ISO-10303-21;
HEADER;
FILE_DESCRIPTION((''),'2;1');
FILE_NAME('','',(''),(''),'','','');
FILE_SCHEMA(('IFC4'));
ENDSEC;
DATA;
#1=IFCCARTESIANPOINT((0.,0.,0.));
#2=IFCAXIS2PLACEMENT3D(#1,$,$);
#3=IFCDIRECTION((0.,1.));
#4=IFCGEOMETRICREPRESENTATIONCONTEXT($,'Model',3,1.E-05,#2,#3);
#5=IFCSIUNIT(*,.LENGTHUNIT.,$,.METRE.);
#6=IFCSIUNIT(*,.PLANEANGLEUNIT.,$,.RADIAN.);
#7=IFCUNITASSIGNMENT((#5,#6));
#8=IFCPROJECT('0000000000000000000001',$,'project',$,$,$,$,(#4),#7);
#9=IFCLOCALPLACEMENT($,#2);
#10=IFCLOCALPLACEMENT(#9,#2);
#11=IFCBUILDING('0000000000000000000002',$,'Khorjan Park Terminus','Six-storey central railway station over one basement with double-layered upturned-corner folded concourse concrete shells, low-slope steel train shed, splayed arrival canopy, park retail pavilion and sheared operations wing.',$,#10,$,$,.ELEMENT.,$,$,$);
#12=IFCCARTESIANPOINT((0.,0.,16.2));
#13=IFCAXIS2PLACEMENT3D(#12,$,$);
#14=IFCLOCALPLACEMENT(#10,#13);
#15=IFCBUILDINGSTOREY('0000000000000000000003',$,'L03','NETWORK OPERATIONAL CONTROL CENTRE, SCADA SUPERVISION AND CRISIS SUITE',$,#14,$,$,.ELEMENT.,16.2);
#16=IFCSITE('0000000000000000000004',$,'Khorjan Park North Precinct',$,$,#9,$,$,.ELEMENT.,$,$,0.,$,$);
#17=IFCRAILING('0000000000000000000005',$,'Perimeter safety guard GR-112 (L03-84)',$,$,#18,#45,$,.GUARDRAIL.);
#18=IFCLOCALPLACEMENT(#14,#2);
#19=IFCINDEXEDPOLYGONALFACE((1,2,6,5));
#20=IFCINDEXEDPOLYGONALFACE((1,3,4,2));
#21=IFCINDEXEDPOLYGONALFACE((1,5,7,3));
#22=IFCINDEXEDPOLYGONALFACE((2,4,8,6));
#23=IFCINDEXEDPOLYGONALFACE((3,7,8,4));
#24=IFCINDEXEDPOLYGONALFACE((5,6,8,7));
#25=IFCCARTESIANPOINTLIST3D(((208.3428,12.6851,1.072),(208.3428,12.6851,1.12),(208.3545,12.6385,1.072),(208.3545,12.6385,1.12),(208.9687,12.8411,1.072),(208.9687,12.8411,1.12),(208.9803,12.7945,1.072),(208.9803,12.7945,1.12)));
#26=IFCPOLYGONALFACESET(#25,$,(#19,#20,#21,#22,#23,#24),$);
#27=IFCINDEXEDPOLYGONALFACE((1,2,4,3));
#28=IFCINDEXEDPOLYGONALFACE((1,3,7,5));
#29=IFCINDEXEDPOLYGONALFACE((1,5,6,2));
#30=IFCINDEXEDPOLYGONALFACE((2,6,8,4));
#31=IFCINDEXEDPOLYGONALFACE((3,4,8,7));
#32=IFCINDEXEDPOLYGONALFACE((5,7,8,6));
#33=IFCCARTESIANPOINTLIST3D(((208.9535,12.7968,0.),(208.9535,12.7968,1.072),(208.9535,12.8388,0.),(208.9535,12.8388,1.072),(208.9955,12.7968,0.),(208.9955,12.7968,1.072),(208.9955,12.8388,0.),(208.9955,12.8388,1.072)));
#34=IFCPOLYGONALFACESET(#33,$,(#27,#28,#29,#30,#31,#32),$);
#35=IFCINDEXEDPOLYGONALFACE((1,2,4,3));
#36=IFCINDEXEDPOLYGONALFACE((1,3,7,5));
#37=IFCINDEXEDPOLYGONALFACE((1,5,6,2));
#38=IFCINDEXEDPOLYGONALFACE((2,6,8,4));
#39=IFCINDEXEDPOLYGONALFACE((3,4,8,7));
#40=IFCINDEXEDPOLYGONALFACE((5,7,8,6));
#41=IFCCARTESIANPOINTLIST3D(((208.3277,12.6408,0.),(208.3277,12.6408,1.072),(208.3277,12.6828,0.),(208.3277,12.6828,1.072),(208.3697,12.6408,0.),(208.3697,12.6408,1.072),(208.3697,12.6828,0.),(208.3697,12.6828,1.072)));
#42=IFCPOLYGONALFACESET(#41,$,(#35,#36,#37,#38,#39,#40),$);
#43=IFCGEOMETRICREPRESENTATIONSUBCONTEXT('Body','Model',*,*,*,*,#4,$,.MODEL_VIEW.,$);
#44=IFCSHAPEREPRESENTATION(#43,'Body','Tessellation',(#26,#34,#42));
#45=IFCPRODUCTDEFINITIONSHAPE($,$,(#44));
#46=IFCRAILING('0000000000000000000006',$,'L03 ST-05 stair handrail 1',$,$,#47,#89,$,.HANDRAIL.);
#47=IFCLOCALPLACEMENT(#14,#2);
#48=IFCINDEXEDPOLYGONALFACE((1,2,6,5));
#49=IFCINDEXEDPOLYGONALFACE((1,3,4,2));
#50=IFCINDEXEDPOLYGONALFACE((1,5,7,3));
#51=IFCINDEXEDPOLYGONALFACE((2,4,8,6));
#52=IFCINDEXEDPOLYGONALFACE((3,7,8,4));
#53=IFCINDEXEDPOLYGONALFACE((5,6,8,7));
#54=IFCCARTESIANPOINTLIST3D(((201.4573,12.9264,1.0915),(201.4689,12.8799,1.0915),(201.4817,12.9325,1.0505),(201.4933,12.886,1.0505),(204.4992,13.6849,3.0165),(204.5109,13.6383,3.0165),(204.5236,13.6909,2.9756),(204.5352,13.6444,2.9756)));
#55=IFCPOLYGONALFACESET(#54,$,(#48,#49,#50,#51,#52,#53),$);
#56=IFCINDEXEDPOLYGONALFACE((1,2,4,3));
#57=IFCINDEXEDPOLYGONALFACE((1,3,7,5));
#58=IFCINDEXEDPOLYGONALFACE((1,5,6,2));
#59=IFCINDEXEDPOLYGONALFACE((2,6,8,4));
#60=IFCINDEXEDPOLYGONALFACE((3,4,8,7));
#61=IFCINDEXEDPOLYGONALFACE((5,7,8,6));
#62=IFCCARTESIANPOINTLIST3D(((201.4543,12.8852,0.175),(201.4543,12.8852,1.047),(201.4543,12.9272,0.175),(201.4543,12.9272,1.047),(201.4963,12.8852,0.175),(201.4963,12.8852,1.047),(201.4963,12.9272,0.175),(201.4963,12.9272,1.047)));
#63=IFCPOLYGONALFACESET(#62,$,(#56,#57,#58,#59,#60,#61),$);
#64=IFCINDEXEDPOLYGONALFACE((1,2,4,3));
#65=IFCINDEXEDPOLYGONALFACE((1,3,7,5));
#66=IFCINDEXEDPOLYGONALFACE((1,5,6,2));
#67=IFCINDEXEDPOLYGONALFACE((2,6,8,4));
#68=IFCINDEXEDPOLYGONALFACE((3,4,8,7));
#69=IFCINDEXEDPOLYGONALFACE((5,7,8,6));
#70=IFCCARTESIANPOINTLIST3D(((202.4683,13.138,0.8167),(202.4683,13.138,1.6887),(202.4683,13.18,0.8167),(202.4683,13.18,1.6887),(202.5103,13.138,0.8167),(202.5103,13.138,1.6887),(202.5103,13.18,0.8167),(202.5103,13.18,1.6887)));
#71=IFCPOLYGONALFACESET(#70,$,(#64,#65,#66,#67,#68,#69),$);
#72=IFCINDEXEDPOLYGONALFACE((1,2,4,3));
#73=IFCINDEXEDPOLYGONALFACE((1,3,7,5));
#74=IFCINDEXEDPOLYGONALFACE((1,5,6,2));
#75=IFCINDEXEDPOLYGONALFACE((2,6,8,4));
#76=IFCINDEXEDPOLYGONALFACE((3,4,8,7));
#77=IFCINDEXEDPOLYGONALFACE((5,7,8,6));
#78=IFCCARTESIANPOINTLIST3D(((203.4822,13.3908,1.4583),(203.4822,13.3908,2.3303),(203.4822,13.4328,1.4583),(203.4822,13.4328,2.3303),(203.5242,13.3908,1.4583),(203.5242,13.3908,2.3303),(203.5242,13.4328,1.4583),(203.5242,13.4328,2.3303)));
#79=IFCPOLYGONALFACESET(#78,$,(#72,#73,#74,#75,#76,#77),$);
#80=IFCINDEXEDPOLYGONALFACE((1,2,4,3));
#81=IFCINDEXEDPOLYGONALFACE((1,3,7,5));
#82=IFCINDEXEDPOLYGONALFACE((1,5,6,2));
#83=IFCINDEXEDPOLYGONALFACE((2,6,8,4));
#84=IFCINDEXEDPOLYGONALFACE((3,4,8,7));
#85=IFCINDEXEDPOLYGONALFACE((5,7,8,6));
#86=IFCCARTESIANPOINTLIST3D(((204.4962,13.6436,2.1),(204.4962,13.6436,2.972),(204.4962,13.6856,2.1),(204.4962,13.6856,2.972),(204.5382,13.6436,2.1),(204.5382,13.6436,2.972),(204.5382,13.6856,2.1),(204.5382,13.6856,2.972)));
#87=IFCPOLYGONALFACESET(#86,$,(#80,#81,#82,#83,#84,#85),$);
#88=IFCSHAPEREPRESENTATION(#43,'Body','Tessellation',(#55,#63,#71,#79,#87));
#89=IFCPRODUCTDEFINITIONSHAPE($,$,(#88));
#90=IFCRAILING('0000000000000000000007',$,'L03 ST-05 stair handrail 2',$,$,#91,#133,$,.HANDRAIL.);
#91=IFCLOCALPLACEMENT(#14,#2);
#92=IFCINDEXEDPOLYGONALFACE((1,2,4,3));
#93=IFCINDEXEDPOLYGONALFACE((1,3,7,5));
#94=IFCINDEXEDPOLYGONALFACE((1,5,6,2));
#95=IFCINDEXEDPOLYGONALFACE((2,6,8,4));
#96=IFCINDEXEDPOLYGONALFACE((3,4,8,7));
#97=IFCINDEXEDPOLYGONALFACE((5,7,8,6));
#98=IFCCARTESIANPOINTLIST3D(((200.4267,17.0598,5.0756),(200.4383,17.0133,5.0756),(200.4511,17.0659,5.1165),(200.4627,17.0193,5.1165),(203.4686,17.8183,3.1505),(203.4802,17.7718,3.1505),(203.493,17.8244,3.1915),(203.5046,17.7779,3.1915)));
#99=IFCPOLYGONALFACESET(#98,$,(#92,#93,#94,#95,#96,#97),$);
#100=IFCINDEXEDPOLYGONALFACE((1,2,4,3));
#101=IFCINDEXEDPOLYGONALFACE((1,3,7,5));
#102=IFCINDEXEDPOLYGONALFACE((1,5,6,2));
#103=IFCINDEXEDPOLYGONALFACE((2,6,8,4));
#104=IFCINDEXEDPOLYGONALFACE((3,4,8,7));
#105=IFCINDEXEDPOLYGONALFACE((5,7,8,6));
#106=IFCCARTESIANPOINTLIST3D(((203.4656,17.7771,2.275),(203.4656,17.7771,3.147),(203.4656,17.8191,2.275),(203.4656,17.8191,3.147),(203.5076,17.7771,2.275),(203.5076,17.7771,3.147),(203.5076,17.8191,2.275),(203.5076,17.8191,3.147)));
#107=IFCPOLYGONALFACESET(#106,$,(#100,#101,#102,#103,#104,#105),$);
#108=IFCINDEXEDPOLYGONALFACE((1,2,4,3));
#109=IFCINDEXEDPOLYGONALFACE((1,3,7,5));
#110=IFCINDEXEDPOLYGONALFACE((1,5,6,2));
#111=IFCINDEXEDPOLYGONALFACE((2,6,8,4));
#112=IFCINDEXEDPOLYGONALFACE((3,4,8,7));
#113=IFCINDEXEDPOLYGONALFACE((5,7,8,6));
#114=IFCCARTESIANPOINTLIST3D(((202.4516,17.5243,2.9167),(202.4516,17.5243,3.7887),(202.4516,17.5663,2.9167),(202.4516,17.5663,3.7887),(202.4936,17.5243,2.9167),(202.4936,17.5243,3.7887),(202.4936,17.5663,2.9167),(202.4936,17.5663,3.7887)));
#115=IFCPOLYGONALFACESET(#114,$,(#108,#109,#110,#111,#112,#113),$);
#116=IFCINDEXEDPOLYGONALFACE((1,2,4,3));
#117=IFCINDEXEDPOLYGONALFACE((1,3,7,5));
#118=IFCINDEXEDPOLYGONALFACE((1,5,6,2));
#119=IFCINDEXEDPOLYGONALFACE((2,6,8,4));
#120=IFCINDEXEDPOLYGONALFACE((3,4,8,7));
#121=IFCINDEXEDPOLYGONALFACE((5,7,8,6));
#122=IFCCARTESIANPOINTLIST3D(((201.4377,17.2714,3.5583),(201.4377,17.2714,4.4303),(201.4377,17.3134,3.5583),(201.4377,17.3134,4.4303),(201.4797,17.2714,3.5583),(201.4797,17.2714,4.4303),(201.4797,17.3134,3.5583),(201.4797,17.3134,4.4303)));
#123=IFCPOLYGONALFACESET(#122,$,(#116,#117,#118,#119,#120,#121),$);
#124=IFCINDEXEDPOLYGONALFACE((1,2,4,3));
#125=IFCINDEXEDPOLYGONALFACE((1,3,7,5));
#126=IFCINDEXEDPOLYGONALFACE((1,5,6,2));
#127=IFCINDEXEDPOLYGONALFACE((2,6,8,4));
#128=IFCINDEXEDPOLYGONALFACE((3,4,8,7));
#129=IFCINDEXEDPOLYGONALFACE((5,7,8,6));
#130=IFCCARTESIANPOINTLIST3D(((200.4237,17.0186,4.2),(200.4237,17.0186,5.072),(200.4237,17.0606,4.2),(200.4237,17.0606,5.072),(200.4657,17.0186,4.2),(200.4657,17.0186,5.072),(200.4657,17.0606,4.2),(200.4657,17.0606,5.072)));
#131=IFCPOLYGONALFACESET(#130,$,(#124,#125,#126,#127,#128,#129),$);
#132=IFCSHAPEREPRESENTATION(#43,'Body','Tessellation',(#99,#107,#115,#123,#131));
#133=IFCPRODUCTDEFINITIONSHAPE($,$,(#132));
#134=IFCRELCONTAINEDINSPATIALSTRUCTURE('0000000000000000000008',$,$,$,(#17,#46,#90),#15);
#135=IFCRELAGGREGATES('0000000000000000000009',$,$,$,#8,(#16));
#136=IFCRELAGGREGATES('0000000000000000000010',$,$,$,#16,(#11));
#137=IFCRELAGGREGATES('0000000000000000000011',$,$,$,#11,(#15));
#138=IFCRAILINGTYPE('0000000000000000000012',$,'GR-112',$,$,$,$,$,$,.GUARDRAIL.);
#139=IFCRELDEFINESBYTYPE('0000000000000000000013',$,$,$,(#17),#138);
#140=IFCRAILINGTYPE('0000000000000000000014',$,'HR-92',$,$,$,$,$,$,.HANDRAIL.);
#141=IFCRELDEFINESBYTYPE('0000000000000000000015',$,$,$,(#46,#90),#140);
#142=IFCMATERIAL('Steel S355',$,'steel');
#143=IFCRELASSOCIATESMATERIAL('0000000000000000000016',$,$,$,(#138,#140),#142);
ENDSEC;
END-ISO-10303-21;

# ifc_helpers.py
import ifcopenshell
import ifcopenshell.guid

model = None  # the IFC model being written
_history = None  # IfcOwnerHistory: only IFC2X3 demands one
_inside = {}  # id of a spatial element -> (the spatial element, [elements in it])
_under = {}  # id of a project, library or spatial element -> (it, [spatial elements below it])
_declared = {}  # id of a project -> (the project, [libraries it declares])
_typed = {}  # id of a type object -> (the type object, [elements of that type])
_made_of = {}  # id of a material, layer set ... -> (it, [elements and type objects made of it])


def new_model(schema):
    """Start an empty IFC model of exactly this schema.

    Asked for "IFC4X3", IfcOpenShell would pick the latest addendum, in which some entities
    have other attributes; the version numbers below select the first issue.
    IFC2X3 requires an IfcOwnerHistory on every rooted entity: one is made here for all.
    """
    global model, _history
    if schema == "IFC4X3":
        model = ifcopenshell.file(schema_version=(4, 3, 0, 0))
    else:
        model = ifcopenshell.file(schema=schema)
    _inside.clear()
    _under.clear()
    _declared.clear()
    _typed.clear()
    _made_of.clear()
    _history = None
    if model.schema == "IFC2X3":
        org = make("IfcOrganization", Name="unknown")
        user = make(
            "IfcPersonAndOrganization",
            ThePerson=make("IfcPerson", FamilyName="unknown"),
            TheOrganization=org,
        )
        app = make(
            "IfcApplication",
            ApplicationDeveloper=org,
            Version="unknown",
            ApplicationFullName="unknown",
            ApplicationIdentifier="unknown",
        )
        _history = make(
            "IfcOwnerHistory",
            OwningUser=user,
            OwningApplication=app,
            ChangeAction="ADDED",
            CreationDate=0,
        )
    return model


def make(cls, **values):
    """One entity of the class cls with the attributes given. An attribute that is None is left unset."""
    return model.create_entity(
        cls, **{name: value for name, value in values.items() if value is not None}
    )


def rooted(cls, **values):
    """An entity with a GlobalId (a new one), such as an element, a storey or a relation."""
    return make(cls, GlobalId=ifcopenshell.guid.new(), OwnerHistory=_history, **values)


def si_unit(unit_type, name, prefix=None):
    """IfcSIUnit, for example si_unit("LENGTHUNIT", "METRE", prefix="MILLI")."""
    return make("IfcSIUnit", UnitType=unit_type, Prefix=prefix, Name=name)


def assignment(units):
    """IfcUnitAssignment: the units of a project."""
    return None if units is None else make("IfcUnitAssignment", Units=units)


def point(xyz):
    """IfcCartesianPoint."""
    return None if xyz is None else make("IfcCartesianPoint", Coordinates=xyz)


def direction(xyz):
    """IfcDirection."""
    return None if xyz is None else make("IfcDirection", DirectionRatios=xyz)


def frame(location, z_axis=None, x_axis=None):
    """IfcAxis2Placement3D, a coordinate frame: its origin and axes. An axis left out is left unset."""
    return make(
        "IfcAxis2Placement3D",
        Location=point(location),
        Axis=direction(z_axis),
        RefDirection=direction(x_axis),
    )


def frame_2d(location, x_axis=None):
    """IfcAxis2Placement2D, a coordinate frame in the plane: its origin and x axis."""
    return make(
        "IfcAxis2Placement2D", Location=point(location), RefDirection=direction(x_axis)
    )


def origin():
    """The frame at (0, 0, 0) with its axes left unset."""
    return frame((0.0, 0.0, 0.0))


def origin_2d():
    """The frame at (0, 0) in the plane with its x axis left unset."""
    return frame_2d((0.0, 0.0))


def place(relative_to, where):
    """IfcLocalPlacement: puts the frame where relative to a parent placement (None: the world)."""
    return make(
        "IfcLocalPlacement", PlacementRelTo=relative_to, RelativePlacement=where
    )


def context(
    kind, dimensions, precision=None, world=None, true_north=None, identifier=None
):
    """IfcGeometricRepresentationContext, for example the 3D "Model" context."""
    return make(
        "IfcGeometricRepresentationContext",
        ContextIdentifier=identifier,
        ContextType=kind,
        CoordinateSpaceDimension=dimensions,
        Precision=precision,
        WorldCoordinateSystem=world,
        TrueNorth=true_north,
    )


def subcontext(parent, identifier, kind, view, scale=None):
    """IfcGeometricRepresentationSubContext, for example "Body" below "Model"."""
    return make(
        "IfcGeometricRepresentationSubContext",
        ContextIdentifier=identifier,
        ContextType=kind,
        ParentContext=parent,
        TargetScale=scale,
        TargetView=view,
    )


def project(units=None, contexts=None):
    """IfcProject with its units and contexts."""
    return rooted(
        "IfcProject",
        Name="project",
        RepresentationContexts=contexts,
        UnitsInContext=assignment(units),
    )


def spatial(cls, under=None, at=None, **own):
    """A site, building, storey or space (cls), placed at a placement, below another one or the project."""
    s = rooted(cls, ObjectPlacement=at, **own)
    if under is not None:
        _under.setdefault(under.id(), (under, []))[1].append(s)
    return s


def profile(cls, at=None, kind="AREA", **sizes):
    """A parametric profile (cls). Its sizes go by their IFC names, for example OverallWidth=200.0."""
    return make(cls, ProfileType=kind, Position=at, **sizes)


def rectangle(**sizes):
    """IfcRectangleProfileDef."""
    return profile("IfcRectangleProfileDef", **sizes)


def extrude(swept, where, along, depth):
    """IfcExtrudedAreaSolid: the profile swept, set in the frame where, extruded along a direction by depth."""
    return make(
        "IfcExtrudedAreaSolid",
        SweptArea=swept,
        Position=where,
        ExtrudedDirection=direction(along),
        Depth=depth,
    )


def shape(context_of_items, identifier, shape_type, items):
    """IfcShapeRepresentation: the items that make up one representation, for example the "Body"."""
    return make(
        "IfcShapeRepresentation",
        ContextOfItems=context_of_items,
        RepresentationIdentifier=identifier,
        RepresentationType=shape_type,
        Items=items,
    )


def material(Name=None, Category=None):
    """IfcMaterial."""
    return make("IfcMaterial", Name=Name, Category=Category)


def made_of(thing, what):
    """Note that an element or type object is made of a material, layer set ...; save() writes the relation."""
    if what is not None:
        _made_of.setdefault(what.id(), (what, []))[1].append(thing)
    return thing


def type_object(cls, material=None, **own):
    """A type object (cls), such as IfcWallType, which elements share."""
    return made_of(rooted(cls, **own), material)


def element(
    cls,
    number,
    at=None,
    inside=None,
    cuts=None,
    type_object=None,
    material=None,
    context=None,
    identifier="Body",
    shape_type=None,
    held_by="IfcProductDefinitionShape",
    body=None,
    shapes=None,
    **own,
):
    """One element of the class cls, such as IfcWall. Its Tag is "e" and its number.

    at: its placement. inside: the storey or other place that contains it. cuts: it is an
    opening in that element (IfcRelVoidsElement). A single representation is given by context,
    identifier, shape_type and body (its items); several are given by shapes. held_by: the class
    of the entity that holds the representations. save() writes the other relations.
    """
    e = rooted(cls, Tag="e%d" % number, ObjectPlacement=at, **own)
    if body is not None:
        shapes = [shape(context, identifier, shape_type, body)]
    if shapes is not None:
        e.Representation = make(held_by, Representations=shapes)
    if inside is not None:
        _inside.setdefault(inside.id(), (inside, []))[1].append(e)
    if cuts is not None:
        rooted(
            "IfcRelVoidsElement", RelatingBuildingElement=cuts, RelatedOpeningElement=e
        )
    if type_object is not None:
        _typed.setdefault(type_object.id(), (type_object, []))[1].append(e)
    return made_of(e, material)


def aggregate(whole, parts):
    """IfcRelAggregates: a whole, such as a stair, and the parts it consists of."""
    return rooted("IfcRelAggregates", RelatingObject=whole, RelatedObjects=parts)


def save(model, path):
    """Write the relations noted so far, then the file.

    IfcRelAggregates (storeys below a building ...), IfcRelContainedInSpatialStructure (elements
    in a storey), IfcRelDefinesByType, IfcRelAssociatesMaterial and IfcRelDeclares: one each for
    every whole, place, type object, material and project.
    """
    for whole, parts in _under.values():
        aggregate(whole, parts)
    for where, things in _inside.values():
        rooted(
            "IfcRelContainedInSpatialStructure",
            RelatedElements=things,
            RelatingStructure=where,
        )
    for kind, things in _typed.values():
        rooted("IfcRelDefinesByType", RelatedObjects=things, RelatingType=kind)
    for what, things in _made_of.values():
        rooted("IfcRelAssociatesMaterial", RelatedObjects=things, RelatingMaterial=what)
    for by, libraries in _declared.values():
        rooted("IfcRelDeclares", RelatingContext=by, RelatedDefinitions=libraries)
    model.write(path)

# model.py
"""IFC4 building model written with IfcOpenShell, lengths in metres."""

from ifc_helpers import new_model, si_unit, direction, frame, origin, origin_2d, place, context, subcontext, project, spatial, rectangle, extrude, material, type_object, element, save


model = new_model("IFC4")

# Units and contexts
model_context = context("Model", 3, precision=1e-05, world=origin(), true_north=direction((0.0, 1.0)))
body_context = subcontext(model_context, "Body", "Model", "MODEL_VIEW")
ifc_project = project(units=[si_unit("LENGTHUNIT", "METRE"), si_unit("PLANEANGLEUNIT", "RADIAN")], contexts=[model_context])

# Site, building, storey
site_placement = place(None, origin())
site = spatial("IfcSite", under=ifc_project, at=site_placement, Name="Khorjan Park North Precinct", CompositionType="ELEMENT", RefElevation=0.0)
building_placement = place(site_placement, origin())
building = spatial("IfcBuilding", under=site, at=building_placement, Name="Khorjan Park Terminus", Description="Six-storey central railway station over one basement with double-layered upturned-corner folded concourse concrete shells, low-slope steel train shed, splayed arrival canopy, park retail pavilion and sheared operations wing.", CompositionType="ELEMENT")
storey_placement = place(building_placement, frame((0.0, 0.0, 16.2)))
storey = spatial("IfcBuildingStorey", under=building, at=storey_placement, Name="L03", Description="NETWORK OPERATIONAL CONTROL CENTRE, SCADA SUPERVISION AND CRISIS SUITE", CompositionType="ELEMENT", Elevation=16.2)

# Shared definitions
ifc_material_1 = material(Name="Steel S355", Category="steel")

# Railings
railing_type_1 = type_object("IfcRailingType", Name="GR-112", PredefinedType="GUARDRAIL", material=ifc_material_1)
railing_1_placement = place(storey_placement, frame((208.9745, 12.8178, 0.0)))
element("IfcRailing", 1, at=railing_1_placement, inside=storey, type_object=railing_type_1, Name="Perimeter safety guard GR-112 (L03-84)", PredefinedType="GUARDRAIL", context=body_context, shape_type="SweptSolid", body=[
    extrude(rectangle(XDim=0.048, YDim=0.048, at=origin_2d()), frame((0.0, 0.0, 1.096), z_axis=(-0.970306, -0.241879, 0.0), x_axis=(0.241879, -0.970306, 0.0)), (0.0, 0.0, 1.0), 0.645),
    extrude(rectangle(XDim=0.042, YDim=0.042, at=origin_2d()), origin(), (0.0, 0.0, 1.0), 1.072),
    extrude(rectangle(XDim=0.042, YDim=0.042, at=origin_2d()), frame((-0.6258, -0.156, 0.0)), (0.0, 0.0, 1.0), 1.072),
])
railing_type_2 = type_object("IfcRailingType", Name="HR-92", PredefinedType="HANDRAIL", material=ifc_material_1)
railing_2_placement = place(storey_placement, frame((201.4753, 12.9062, 0.175)))
element("IfcRailing", 2, at=railing_2_placement, inside=storey, type_object=railing_type_2, Name="L03 ST-05 stair handrail 1", PredefinedType="HANDRAIL", context=body_context, shape_type="SweptSolid", body=[
    extrude(rectangle(XDim=0.048, YDim=0.048, at=origin_2d()), frame((0.0, 0.0, 0.896), z_axis=(0.826861, 0.206151, 0.523261), x_axis=(-0.241913, 0.970298, 0.0)), (0.0, 0.0, 1.0), 3.6789),
    extrude(rectangle(XDim=0.042, YDim=0.042, at=origin_2d()), origin(), (0.0, 0.0, 1.0), 0.872),
    extrude(rectangle(XDim=0.042, YDim=0.042, at=origin_2d()), frame((1.014, 0.2528, 0.6417)), (0.0, 0.0, 1.0), 0.872),
    extrude(rectangle(XDim=0.042, YDim=0.042, at=origin_2d()), frame((2.0279, 0.5056, 1.2833)), (0.0, 0.0, 1.0), 0.872),
    extrude(rectangle(XDim=0.042, YDim=0.042, at=origin_2d()), frame((3.0419, 0.7584, 1.925)), (0.0, 0.0, 1.0), 0.872),
])
railing_3_placement = place(storey_placement, frame((203.4866, 17.7981, 2.275)))
element("IfcRailing", 3, at=railing_3_placement, inside=storey, type_object=railing_type_2, Name="L03 ST-05 stair handrail 2", PredefinedType="HANDRAIL", context=body_context, shape_type="SweptSolid", body=[
    extrude(rectangle(XDim=0.048, YDim=0.048, at=origin_2d()), frame((0.0, 0.0, 0.896), z_axis=(-0.826857, -0.206177, 0.523258), x_axis=(0.241943, -0.970291, 0.0)), (0.0, 0.0, 1.0), 3.6789),
    extrude(rectangle(XDim=0.042, YDim=0.042, at=origin_2d()), origin(), (0.0, 0.0, 1.0), 0.872),
    extrude(rectangle(XDim=0.042, YDim=0.042, at=origin_2d()), frame((-1.014, -0.2528, 0.6417)), (0.0, 0.0, 1.0), 0.872),
    extrude(rectangle(XDim=0.042, YDim=0.042, at=origin_2d()), frame((-2.0279, -0.5057, 1.2833)), (0.0, 0.0, 1.0), 0.872),
    extrude(rectangle(XDim=0.042, YDim=0.042, at=origin_2d()), frame((-3.0419, -0.7585, 1.925)), (0.0, 0.0, 1.0), 0.872),
])

save(model, "model.ifc")
